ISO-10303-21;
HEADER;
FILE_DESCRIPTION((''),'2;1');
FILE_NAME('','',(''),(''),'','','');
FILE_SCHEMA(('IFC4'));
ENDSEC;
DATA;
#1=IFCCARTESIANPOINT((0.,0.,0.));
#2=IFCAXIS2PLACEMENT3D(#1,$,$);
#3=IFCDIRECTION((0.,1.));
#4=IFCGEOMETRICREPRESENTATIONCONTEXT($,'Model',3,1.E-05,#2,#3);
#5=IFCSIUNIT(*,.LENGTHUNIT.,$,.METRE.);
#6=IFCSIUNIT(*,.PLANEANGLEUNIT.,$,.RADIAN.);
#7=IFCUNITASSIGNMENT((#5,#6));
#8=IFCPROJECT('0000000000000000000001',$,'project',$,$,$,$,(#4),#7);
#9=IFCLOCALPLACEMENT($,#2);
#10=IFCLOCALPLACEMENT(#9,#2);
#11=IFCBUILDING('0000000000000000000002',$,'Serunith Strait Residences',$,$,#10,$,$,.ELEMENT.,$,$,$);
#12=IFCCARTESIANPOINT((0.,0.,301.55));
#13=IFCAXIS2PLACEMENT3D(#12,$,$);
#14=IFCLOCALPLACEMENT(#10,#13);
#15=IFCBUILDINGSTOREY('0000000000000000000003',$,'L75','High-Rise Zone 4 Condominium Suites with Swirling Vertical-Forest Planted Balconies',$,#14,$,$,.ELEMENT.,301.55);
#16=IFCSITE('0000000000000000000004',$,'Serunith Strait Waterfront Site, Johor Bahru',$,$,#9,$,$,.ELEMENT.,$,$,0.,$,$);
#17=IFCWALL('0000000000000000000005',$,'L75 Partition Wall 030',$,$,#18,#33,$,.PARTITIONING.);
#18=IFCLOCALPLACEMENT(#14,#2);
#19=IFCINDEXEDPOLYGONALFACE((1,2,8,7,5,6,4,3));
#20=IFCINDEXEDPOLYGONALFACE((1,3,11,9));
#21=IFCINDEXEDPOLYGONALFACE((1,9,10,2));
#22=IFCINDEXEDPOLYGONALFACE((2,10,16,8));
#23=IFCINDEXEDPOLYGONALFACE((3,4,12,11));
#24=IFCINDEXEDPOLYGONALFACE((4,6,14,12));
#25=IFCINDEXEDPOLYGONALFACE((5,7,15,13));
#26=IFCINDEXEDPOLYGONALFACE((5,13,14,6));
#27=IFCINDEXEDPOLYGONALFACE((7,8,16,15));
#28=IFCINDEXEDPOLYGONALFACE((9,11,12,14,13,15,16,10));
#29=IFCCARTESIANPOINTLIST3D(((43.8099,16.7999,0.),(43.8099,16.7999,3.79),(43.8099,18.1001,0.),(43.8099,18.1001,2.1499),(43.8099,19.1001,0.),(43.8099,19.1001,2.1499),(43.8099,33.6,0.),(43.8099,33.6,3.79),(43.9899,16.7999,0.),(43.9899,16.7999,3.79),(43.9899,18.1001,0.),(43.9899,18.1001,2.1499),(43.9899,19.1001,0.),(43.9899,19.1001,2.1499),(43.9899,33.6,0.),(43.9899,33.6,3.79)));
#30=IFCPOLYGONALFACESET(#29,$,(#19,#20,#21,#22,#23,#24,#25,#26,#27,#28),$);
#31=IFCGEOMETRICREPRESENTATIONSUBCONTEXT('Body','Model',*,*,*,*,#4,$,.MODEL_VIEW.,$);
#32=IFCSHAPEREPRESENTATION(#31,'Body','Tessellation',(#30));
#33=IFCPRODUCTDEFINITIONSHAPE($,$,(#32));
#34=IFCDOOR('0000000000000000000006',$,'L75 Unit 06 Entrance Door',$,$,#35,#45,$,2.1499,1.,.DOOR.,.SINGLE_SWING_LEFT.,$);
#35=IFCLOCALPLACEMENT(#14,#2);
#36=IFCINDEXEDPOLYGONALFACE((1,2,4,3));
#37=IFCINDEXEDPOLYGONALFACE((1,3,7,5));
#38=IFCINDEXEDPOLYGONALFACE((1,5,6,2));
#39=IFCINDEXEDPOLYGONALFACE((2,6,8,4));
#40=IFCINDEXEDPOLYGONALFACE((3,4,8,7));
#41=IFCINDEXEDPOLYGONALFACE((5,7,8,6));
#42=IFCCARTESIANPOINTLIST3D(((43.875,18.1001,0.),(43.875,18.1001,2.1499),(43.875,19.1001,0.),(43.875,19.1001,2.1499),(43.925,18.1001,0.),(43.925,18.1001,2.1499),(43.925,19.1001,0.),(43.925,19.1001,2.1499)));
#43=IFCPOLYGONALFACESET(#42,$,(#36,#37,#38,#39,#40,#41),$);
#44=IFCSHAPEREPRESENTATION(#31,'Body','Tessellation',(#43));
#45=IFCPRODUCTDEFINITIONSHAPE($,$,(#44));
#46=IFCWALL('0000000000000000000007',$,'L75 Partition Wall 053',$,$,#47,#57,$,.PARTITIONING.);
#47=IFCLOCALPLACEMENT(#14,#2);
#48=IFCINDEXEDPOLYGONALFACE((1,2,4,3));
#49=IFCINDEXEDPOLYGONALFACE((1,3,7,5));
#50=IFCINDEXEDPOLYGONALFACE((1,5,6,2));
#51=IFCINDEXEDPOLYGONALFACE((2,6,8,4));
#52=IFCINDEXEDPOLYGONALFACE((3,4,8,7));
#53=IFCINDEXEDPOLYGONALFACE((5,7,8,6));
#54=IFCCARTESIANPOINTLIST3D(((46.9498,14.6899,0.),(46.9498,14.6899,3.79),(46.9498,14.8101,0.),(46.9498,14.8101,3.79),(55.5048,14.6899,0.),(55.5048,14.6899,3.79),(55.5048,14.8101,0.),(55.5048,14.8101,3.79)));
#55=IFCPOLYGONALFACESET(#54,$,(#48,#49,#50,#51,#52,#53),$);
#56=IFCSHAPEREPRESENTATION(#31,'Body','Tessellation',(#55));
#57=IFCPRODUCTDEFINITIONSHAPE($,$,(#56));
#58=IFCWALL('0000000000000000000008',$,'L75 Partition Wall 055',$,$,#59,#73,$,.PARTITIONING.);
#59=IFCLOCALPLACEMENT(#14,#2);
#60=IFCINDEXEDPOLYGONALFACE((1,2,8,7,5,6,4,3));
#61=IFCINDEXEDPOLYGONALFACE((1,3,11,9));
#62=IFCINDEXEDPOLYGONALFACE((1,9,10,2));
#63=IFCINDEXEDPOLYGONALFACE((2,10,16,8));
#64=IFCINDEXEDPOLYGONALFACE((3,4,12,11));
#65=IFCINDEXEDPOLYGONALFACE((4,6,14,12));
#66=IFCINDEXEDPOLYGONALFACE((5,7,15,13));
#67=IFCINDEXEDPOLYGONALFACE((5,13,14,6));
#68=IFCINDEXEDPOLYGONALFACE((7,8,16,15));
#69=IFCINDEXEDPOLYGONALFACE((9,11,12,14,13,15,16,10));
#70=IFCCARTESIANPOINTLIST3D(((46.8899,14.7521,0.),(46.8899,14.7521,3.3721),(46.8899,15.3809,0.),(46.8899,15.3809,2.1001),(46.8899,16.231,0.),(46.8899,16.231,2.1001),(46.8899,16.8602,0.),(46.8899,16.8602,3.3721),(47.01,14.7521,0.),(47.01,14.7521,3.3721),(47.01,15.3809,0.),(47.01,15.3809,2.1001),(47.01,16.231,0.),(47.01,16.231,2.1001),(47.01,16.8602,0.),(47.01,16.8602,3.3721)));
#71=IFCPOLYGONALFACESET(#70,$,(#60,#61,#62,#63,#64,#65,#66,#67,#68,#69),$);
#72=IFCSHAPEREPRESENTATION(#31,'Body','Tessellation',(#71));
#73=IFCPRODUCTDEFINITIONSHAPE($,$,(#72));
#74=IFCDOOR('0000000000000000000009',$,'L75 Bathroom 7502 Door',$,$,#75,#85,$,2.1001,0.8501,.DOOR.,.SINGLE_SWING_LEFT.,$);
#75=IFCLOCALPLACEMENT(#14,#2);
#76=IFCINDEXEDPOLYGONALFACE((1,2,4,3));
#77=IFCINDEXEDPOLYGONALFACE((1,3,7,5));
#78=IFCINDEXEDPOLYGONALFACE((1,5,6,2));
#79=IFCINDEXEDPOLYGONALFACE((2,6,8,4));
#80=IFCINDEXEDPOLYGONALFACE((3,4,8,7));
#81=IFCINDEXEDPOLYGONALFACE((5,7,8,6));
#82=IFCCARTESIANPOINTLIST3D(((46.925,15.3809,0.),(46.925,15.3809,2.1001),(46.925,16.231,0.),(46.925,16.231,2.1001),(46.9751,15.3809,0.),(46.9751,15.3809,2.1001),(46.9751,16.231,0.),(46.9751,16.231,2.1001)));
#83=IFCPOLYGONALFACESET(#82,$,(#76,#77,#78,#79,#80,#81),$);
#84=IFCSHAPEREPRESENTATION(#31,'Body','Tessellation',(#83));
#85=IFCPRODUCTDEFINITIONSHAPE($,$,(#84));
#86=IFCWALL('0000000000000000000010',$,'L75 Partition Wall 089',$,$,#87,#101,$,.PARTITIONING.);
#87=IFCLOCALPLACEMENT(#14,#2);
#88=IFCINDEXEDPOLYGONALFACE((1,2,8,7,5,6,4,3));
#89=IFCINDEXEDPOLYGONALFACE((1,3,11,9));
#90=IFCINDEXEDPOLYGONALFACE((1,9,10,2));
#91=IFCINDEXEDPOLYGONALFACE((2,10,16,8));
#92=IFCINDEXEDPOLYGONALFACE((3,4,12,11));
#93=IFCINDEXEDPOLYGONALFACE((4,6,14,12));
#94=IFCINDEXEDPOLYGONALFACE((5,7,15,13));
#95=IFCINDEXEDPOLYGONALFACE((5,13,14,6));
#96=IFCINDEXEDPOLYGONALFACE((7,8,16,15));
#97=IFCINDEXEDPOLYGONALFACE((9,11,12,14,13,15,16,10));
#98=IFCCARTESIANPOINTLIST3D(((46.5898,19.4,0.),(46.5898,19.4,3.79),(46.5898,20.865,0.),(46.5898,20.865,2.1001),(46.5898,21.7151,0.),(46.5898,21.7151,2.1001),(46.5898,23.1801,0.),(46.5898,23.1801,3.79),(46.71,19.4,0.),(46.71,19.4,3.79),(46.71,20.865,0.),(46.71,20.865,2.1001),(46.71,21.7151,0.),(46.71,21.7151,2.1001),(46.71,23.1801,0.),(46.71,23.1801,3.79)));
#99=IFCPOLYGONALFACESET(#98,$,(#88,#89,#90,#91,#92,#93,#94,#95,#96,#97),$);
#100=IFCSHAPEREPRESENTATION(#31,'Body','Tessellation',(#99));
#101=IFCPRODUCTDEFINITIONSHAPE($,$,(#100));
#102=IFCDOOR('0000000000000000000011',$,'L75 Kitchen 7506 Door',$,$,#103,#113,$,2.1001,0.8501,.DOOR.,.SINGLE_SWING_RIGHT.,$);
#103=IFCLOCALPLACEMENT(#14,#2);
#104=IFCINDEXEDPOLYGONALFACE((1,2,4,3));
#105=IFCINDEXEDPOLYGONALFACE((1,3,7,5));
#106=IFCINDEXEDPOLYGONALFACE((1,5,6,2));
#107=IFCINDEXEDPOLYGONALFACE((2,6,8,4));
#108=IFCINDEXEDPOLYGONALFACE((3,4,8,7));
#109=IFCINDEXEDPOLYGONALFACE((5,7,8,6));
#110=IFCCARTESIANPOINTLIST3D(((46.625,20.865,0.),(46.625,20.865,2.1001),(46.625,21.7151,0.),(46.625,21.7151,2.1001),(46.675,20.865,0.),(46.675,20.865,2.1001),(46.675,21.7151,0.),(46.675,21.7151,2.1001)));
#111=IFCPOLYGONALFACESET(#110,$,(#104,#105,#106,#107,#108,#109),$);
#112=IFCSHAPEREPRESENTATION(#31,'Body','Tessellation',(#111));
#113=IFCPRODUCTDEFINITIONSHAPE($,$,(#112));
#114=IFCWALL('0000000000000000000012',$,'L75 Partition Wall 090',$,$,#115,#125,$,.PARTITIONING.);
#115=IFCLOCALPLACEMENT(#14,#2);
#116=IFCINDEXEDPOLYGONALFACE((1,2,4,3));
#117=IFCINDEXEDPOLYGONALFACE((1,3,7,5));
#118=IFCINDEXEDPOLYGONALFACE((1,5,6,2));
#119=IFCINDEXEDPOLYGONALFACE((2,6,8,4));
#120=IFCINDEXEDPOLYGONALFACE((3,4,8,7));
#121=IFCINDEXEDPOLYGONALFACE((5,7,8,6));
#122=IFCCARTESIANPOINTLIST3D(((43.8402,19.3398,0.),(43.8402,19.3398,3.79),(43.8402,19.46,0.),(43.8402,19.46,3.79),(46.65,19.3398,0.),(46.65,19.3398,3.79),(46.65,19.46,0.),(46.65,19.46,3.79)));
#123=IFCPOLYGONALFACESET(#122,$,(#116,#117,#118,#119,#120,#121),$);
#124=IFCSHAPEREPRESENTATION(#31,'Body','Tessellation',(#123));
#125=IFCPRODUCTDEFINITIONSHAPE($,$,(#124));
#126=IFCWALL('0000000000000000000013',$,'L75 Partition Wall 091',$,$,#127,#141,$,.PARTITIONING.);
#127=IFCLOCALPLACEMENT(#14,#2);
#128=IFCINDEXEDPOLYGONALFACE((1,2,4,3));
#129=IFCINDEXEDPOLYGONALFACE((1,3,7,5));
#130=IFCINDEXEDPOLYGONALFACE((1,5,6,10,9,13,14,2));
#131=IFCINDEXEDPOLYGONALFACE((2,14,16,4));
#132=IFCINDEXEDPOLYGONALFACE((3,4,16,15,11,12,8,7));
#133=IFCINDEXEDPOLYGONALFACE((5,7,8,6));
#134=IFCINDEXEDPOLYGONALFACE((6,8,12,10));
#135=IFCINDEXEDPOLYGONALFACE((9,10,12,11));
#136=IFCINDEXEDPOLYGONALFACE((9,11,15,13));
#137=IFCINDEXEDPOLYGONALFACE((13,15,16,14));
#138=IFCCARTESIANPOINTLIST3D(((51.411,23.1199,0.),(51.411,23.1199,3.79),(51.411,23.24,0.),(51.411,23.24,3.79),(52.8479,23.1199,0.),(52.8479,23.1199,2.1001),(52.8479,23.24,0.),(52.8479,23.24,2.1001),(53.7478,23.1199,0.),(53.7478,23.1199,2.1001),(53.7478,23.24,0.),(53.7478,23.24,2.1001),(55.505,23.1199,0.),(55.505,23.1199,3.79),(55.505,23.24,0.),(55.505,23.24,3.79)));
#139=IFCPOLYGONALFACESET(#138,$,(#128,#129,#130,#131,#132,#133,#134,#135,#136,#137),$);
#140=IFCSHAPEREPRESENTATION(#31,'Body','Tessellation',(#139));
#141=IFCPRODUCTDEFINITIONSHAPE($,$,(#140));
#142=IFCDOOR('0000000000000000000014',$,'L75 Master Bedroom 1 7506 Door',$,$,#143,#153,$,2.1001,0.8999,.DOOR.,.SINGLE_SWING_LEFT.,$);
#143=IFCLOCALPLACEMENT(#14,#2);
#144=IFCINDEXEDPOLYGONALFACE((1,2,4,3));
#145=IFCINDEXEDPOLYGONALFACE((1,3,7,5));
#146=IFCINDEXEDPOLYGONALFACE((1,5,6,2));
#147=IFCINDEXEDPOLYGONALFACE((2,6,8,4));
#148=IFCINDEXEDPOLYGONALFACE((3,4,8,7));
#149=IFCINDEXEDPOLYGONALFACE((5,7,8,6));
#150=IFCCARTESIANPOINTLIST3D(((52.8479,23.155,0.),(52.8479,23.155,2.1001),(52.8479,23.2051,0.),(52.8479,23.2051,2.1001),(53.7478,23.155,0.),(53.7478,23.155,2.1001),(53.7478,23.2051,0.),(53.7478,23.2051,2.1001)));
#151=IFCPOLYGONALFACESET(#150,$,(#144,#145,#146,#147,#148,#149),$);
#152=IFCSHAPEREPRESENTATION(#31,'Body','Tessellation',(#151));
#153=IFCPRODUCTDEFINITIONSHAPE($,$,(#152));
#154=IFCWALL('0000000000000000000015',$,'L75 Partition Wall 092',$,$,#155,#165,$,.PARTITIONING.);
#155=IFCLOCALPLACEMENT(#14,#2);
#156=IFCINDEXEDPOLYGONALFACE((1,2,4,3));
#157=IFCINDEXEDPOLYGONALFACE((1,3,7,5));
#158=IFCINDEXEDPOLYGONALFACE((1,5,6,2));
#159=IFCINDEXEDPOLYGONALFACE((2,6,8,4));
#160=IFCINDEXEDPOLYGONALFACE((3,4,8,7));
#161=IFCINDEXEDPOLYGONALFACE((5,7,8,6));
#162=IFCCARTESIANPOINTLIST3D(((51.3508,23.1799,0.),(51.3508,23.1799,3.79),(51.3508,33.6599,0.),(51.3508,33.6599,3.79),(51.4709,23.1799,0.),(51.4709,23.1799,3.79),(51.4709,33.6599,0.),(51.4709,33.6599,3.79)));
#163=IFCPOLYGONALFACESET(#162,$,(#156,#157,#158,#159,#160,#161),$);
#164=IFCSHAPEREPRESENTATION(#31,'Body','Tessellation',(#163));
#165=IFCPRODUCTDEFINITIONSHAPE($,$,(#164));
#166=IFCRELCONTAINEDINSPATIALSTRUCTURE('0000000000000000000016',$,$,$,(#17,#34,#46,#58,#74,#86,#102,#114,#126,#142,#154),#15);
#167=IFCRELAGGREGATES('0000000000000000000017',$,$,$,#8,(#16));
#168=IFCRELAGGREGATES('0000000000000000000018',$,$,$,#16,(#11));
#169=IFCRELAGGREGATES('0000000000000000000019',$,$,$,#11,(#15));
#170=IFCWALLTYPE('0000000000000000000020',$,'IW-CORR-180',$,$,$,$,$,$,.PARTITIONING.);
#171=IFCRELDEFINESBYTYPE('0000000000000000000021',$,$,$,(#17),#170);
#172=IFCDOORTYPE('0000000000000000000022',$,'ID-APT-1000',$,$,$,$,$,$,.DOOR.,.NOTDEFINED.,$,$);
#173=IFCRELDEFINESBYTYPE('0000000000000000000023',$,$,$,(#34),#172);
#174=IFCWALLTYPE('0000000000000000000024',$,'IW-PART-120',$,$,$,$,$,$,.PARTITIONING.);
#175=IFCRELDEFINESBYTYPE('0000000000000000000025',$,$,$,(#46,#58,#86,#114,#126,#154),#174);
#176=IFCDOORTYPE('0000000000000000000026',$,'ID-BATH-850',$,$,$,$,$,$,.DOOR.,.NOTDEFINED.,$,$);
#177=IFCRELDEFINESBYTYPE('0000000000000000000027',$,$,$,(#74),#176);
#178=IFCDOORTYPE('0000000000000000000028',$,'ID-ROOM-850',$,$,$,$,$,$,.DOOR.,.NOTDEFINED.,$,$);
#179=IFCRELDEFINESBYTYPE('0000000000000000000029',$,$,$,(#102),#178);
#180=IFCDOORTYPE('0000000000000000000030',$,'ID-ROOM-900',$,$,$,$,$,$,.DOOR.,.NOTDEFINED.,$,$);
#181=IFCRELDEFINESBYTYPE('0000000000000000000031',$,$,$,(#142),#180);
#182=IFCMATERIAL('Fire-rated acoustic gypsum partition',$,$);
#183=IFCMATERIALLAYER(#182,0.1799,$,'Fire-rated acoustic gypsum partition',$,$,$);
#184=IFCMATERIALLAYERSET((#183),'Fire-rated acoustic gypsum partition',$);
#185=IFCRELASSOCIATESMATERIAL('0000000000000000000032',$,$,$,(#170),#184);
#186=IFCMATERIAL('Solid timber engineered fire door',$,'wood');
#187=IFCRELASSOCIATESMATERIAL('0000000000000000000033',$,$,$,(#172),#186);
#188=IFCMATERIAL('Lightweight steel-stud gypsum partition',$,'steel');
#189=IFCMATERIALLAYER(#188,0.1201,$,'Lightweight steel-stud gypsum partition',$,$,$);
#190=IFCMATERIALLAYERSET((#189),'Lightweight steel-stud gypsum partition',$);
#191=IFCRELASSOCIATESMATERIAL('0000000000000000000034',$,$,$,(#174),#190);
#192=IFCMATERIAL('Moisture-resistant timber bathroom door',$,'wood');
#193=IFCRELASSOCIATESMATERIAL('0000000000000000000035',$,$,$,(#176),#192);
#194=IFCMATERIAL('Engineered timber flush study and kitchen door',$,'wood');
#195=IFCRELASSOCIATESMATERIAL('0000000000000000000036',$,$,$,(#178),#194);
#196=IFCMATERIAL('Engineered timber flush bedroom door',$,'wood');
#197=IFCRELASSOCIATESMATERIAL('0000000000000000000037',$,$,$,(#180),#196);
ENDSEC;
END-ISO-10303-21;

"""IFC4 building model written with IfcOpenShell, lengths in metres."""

from ifc_helpers import new_model, si_unit, direction, frame, frame_2d, origin, place, context, subcontext, project, spatial, rectangle, extrude, source, transform, mapped, material, layer, layer_set, type_object, element, fill, save


model = new_model("IFC4")

# Units and contexts
model_context = context("Model", 3, precision=1e-05, world=origin(), true_north=direction((0.0, 1.0)))
body_context = subcontext(model_context, "Body", "Model", "MODEL_VIEW")
ifc_project = project(units=[si_unit("LENGTHUNIT", "METRE"), si_unit("PLANEANGLEUNIT", "RADIAN")], contexts=[model_context])

# Site, building, storey
site_placement = place(None, origin())
site = spatial("IfcSite", under=ifc_project, at=site_placement, Name="Serunith Strait Waterfront Site, Johor Bahru", CompositionType="ELEMENT", RefElevation=0.0)
building_placement = place(site_placement, origin())
building = spatial("IfcBuilding", under=site, at=building_placement, Name="Serunith Strait Residences", CompositionType="ELEMENT")
storey_placement = place(building_placement, frame((0.0, 0.0, 301.55)))
storey = spatial("IfcBuildingStorey", under=building, at=storey_placement, Name="L75", Description="High-Rise Zone 4 Condominium Suites with Swirling Vertical-Forest Planted Balconies", CompositionType="ELEMENT", Elevation=301.55)

# Wall, opening, door
ifc_material_1 = material(Name="Fire-rated acoustic gypsum partition")
ifc_layer_1 = layer(ifc_material_1, 0.1799, Name="Fire-rated acoustic gypsum partition")
ifc_layer_set_1 = layer_set([ifc_layer_1], Name="Fire-rated acoustic gypsum partition")
wall_type_1 = type_object("IfcWallType", Name="IW-CORR-180", PredefinedType="PARTITIONING", material=ifc_layer_set_1)
wall_1_placement = place(storey_placement, frame((43.8999, 16.8, 0.0), z_axis=(0.0, 0.0, 1.0), x_axis=(0.0, 1.0, 0.0)))
wall_1 = element("IfcWall", 1, at=wall_1_placement, inside=storey, type_object=wall_type_1, Name="L75 Partition Wall 030", PredefinedType="PARTITIONING", context=body_context, shape_type="SweptSolid", body=[
    extrude(rectangle(XDim=16.8, YDim=0.1799, at=frame_2d((8.3999, 0.0))), origin(), (0.0, 0.0, 1.0), 3.79),
])
opening_1_placement = place(wall_1_placement, frame((1.3, 0.0, 0.0)))
opening_1 = element("IfcOpeningElement", 2, at=opening_1_placement, cuts=wall_1, PredefinedType="OPENING", context=body_context, shape_type="SweptSolid", body=[
    extrude(rectangle(XDim=1.0, YDim=2.1499, at=frame_2d((0.5, 1.075))), frame((0.0, 0.1001, 0.0), z_axis=(0.0, -1.0, 0.0), x_axis=(1.0, 0.0, 0.0)), (0.0, 0.0, 1.0), 0.2),
])
ifc_material_2 = material(Name="Solid timber engineered fire door", Category="wood")
door_type_1 = type_object("IfcDoorType", Name="ID-APT-1000", OperationType="NOTDEFINED", PredefinedType="DOOR", material=ifc_material_2)
shared_shape_1 = source(origin(), body_context, "Body", "SweptSolid", [
    extrude(rectangle(XDim=1.0, YDim=2.1499, at=frame_2d((0.5, 1.075))), frame((0.0, 0.0249, 0.0), z_axis=(0.0, -1.0, 0.0), x_axis=(1.0, 0.0, 0.0)), (0.0, 0.0, 1.0), 0.05),
])
door_1_placement = place(opening_1_placement, origin())
door_1 = element("IfcDoor", 3, at=door_1_placement, inside=storey, type_object=door_type_1, Name="L75 Unit 06 Entrance Door", OperationType="SINGLE_SWING_LEFT", OverallHeight=2.1499, OverallWidth=1.0, PredefinedType="DOOR", context=body_context, shape_type="MappedRepresentation", body=[
    mapped(shared_shape_1, transform((0.0, 0.0, 0.0), scale=1.0)),
])
fill(opening_1, door_1)

# Wall
ifc_material_3 = material(Name="Lightweight steel-stud gypsum partition", Category="steel")
ifc_layer_2 = layer(ifc_material_3, 0.1201, Name="Lightweight steel-stud gypsum partition")
ifc_layer_set_2 = layer_set([ifc_layer_2], Name="Lightweight steel-stud gypsum partition")
wall_type_2 = type_object("IfcWallType", Name="IW-PART-120", PredefinedType="PARTITIONING", material=ifc_layer_set_2)
wall_2_placement = place(storey_placement, frame((46.95, 14.75, 0.0), z_axis=(0.0, 0.0, 1.0), x_axis=(1.0, 0.0, 0.0)))
element("IfcWall", 4, at=wall_2_placement, inside=storey, type_object=wall_type_2, Name="L75 Partition Wall 053", PredefinedType="PARTITIONING", context=body_context, shape_type="SweptSolid", body=[
    extrude(rectangle(XDim=8.5549, YDim=0.1201, at=frame_2d((4.2773, 0.0))), origin(), (0.0, 0.0, 1.0), 3.79),
])

# Walls, openings, doors
wall_3_placement = place(storey_placement, frame((46.95, 14.752, 0.0), z_axis=(0.0, 0.0, 1.0), x_axis=(0.0, 1.0, 0.0)))
wall_3 = element("IfcWall", 5, at=wall_3_placement, inside=storey, type_object=wall_type_2, Name="L75 Partition Wall 055", PredefinedType="PARTITIONING", context=body_context, shape_type="SweptSolid", body=[
    extrude(rectangle(XDim=2.1082, YDim=0.1201, at=frame_2d((1.0542, 0.0))), origin(), (0.0, 0.0, 1.0), 3.3721),
])
opening_2_placement = place(wall_3_placement, frame((0.6289, 0.0, 0.0)))
opening_2 = element("IfcOpeningElement", 6, at=opening_2_placement, cuts=wall_3, PredefinedType="OPENING", context=body_context, shape_type="SweptSolid", body=[
    extrude(rectangle(XDim=0.8501, YDim=2.1001, at=frame_2d((0.425, 1.05))), frame((0.0, 0.0701, 0.0), z_axis=(0.0, -1.0, 0.0), x_axis=(1.0, 0.0, 0.0)), (0.0, 0.0, 1.0), 0.1401),
])
ifc_material_4 = material(Name="Moisture-resistant timber bathroom door", Category="wood")
door_type_2 = type_object("IfcDoorType", Name="ID-BATH-850", OperationType="NOTDEFINED", PredefinedType="DOOR", material=ifc_material_4)
shared_shape_2 = source(origin(), body_context, "Body", "SweptSolid", [
    extrude(rectangle(XDim=0.8501, YDim=2.1001, at=frame_2d((0.425, 1.05))), frame((0.0, 0.0249, 0.0), z_axis=(0.0, -1.0, 0.0), x_axis=(1.0, 0.0, 0.0)), (0.0, 0.0, 1.0), 0.05),
])
door_2_placement = place(opening_2_placement, origin())
door_2 = element("IfcDoor", 7, at=door_2_placement, inside=storey, type_object=door_type_2, Name="L75 Bathroom 7502 Door", OperationType="SINGLE_SWING_LEFT", OverallHeight=2.1001, OverallWidth=0.8501, PredefinedType="DOOR", context=body_context, shape_type="MappedRepresentation", body=[
    mapped(shared_shape_2, transform((0.0, 0.0, 0.0), scale=1.0)),
])
fill(opening_2, door_2)
wall_4_placement = place(storey_placement, frame((46.6499, 19.3999, 0.0), z_axis=(0.0, 0.0, 1.0), x_axis=(0.0, 1.0, 0.0)))
wall_4 = element("IfcWall", 8, at=wall_4_placement, inside=storey, type_object=wall_type_2, Name="L75 Partition Wall 089", PredefinedType="PARTITIONING", context=body_context, shape_type="SweptSolid", body=[
    extrude(rectangle(XDim=3.78, YDim=0.1201, at=frame_2d((1.8901, 0.0))), origin(), (0.0, 0.0, 1.0), 3.79),
])
opening_3_placement = place(wall_4_placement, frame((1.4651, 0.0, 0.0)))
opening_3 = element("IfcOpeningElement", 9, at=opening_3_placement, cuts=wall_4, PredefinedType="OPENING", context=body_context, shape_type="SweptSolid", body=[
    extrude(rectangle(XDim=0.8501, YDim=2.1001, at=frame_2d((0.425, 1.05))), frame((0.0, 0.0701, 0.0), z_axis=(0.0, -1.0, 0.0), x_axis=(1.0, 0.0, 0.0)), (0.0, 0.0, 1.0), 0.1401),
])
ifc_material_5 = material(Name="Engineered timber flush study and kitchen door", Category="wood")
door_type_3 = type_object("IfcDoorType", Name="ID-ROOM-850", OperationType="NOTDEFINED", PredefinedType="DOOR", material=ifc_material_5)
door_3_placement = place(opening_3_placement, origin())
door_3 = element("IfcDoor", 10, at=door_3_placement, inside=storey, type_object=door_type_3, Name="L75 Kitchen 7506 Door", OperationType="SINGLE_SWING_RIGHT", OverallHeight=2.1001, OverallWidth=0.8501, PredefinedType="DOOR", context=body_context, shape_type="MappedRepresentation", body=[
    mapped(shared_shape_2, transform((0.0, 0.0, 0.0), scale=1.0)),
])
fill(opening_3, door_3)

# Wall
wall_5_placement = place(storey_placement, frame((46.6499, 19.3999, 0.0), z_axis=(0.0, 0.0, 1.0), x_axis=(-1.0, 0.0, 0.0)))
element("IfcWall", 11, at=wall_5_placement, inside=storey, type_object=wall_type_2, Name="L75 Partition Wall 090", PredefinedType="PARTITIONING", context=body_context, shape_type="SweptSolid", body=[
    extrude(rectangle(XDim=2.8098, YDim=0.1201, at=frame_2d((1.4048, 0.0))), origin(), (0.0, 0.0, 1.0), 3.79),
])

# Wall, opening, door
wall_6_placement = place(storey_placement, frame((55.5049, 23.1799, 0.0), z_axis=(0.0, 0.0, 1.0), x_axis=(-1.0, 0.0, 0.0)))
wall_6 = element("IfcWall", 12, at=wall_6_placement, inside=storey, type_object=wall_type_2, Name="L75 Partition Wall 091", PredefinedType="PARTITIONING", context=body_context, shape_type="SweptSolid", body=[
    extrude(rectangle(XDim=4.094, YDim=0.1201, at=frame_2d((2.0469, 0.0))), origin(), (0.0, 0.0, 1.0), 3.79),
])
opening_4_placement = place(wall_6_placement, frame((1.7571, 0.0, 0.0)))
opening_4 = element("IfcOpeningElement", 13, at=opening_4_placement, cuts=wall_6, PredefinedType="OPENING", context=body_context, shape_type="SweptSolid", body=[
    extrude(rectangle(XDim=0.8999, YDim=2.1001, at=frame_2d((0.45, 1.05))), frame((0.0, 0.0701, 0.0), z_axis=(0.0, -1.0, 0.0), x_axis=(1.0, 0.0, 0.0)), (0.0, 0.0, 1.0), 0.1401),
])
ifc_material_6 = material(Name="Engineered timber flush bedroom door", Category="wood")
door_type_4 = type_object("IfcDoorType", Name="ID-ROOM-900", OperationType="NOTDEFINED", PredefinedType="DOOR", material=ifc_material_6)
shared_shape_3 = source(origin(), body_context, "Body", "SweptSolid", [
    extrude(rectangle(XDim=0.8999, YDim=2.1001, at=frame_2d((0.45, 1.05))), frame((0.0, 0.0249, 0.0), z_axis=(0.0, -1.0, 0.0), x_axis=(1.0, 0.0, 0.0)), (0.0, 0.0, 1.0), 0.05),
])
door_4_placement = place(opening_4_placement, origin())
door_4 = element("IfcDoor", 14, at=door_4_placement, inside=storey, type_object=door_type_4, Name="L75 Master Bedroom 1 7506 Door", OperationType="SINGLE_SWING_LEFT", OverallHeight=2.1001, OverallWidth=0.8999, PredefinedType="DOOR", context=body_context, shape_type="MappedRepresentation", body=[
    mapped(shared_shape_3, transform((0.0, 0.0, 0.0), scale=1.0)),
])
fill(opening_4, door_4)

# Wall
wall_7_placement = place(storey_placement, frame((51.4109, 23.1799, 0.0), z_axis=(0.0, 0.0, 1.0), x_axis=(0.0, 1.0, 0.0)))
element("IfcWall", 15, at=wall_7_placement, inside=storey, type_object=wall_type_2, Name="L75 Partition Wall 092", PredefinedType="PARTITIONING", context=body_context, shape_type="SweptSolid", body=[
    extrude(rectangle(XDim=10.48, YDim=0.1201, at=frame_2d((5.24, 0.0))), origin(), (0.0, 0.0, 1.0), 3.79),
])

save(model, "model.ifc")
